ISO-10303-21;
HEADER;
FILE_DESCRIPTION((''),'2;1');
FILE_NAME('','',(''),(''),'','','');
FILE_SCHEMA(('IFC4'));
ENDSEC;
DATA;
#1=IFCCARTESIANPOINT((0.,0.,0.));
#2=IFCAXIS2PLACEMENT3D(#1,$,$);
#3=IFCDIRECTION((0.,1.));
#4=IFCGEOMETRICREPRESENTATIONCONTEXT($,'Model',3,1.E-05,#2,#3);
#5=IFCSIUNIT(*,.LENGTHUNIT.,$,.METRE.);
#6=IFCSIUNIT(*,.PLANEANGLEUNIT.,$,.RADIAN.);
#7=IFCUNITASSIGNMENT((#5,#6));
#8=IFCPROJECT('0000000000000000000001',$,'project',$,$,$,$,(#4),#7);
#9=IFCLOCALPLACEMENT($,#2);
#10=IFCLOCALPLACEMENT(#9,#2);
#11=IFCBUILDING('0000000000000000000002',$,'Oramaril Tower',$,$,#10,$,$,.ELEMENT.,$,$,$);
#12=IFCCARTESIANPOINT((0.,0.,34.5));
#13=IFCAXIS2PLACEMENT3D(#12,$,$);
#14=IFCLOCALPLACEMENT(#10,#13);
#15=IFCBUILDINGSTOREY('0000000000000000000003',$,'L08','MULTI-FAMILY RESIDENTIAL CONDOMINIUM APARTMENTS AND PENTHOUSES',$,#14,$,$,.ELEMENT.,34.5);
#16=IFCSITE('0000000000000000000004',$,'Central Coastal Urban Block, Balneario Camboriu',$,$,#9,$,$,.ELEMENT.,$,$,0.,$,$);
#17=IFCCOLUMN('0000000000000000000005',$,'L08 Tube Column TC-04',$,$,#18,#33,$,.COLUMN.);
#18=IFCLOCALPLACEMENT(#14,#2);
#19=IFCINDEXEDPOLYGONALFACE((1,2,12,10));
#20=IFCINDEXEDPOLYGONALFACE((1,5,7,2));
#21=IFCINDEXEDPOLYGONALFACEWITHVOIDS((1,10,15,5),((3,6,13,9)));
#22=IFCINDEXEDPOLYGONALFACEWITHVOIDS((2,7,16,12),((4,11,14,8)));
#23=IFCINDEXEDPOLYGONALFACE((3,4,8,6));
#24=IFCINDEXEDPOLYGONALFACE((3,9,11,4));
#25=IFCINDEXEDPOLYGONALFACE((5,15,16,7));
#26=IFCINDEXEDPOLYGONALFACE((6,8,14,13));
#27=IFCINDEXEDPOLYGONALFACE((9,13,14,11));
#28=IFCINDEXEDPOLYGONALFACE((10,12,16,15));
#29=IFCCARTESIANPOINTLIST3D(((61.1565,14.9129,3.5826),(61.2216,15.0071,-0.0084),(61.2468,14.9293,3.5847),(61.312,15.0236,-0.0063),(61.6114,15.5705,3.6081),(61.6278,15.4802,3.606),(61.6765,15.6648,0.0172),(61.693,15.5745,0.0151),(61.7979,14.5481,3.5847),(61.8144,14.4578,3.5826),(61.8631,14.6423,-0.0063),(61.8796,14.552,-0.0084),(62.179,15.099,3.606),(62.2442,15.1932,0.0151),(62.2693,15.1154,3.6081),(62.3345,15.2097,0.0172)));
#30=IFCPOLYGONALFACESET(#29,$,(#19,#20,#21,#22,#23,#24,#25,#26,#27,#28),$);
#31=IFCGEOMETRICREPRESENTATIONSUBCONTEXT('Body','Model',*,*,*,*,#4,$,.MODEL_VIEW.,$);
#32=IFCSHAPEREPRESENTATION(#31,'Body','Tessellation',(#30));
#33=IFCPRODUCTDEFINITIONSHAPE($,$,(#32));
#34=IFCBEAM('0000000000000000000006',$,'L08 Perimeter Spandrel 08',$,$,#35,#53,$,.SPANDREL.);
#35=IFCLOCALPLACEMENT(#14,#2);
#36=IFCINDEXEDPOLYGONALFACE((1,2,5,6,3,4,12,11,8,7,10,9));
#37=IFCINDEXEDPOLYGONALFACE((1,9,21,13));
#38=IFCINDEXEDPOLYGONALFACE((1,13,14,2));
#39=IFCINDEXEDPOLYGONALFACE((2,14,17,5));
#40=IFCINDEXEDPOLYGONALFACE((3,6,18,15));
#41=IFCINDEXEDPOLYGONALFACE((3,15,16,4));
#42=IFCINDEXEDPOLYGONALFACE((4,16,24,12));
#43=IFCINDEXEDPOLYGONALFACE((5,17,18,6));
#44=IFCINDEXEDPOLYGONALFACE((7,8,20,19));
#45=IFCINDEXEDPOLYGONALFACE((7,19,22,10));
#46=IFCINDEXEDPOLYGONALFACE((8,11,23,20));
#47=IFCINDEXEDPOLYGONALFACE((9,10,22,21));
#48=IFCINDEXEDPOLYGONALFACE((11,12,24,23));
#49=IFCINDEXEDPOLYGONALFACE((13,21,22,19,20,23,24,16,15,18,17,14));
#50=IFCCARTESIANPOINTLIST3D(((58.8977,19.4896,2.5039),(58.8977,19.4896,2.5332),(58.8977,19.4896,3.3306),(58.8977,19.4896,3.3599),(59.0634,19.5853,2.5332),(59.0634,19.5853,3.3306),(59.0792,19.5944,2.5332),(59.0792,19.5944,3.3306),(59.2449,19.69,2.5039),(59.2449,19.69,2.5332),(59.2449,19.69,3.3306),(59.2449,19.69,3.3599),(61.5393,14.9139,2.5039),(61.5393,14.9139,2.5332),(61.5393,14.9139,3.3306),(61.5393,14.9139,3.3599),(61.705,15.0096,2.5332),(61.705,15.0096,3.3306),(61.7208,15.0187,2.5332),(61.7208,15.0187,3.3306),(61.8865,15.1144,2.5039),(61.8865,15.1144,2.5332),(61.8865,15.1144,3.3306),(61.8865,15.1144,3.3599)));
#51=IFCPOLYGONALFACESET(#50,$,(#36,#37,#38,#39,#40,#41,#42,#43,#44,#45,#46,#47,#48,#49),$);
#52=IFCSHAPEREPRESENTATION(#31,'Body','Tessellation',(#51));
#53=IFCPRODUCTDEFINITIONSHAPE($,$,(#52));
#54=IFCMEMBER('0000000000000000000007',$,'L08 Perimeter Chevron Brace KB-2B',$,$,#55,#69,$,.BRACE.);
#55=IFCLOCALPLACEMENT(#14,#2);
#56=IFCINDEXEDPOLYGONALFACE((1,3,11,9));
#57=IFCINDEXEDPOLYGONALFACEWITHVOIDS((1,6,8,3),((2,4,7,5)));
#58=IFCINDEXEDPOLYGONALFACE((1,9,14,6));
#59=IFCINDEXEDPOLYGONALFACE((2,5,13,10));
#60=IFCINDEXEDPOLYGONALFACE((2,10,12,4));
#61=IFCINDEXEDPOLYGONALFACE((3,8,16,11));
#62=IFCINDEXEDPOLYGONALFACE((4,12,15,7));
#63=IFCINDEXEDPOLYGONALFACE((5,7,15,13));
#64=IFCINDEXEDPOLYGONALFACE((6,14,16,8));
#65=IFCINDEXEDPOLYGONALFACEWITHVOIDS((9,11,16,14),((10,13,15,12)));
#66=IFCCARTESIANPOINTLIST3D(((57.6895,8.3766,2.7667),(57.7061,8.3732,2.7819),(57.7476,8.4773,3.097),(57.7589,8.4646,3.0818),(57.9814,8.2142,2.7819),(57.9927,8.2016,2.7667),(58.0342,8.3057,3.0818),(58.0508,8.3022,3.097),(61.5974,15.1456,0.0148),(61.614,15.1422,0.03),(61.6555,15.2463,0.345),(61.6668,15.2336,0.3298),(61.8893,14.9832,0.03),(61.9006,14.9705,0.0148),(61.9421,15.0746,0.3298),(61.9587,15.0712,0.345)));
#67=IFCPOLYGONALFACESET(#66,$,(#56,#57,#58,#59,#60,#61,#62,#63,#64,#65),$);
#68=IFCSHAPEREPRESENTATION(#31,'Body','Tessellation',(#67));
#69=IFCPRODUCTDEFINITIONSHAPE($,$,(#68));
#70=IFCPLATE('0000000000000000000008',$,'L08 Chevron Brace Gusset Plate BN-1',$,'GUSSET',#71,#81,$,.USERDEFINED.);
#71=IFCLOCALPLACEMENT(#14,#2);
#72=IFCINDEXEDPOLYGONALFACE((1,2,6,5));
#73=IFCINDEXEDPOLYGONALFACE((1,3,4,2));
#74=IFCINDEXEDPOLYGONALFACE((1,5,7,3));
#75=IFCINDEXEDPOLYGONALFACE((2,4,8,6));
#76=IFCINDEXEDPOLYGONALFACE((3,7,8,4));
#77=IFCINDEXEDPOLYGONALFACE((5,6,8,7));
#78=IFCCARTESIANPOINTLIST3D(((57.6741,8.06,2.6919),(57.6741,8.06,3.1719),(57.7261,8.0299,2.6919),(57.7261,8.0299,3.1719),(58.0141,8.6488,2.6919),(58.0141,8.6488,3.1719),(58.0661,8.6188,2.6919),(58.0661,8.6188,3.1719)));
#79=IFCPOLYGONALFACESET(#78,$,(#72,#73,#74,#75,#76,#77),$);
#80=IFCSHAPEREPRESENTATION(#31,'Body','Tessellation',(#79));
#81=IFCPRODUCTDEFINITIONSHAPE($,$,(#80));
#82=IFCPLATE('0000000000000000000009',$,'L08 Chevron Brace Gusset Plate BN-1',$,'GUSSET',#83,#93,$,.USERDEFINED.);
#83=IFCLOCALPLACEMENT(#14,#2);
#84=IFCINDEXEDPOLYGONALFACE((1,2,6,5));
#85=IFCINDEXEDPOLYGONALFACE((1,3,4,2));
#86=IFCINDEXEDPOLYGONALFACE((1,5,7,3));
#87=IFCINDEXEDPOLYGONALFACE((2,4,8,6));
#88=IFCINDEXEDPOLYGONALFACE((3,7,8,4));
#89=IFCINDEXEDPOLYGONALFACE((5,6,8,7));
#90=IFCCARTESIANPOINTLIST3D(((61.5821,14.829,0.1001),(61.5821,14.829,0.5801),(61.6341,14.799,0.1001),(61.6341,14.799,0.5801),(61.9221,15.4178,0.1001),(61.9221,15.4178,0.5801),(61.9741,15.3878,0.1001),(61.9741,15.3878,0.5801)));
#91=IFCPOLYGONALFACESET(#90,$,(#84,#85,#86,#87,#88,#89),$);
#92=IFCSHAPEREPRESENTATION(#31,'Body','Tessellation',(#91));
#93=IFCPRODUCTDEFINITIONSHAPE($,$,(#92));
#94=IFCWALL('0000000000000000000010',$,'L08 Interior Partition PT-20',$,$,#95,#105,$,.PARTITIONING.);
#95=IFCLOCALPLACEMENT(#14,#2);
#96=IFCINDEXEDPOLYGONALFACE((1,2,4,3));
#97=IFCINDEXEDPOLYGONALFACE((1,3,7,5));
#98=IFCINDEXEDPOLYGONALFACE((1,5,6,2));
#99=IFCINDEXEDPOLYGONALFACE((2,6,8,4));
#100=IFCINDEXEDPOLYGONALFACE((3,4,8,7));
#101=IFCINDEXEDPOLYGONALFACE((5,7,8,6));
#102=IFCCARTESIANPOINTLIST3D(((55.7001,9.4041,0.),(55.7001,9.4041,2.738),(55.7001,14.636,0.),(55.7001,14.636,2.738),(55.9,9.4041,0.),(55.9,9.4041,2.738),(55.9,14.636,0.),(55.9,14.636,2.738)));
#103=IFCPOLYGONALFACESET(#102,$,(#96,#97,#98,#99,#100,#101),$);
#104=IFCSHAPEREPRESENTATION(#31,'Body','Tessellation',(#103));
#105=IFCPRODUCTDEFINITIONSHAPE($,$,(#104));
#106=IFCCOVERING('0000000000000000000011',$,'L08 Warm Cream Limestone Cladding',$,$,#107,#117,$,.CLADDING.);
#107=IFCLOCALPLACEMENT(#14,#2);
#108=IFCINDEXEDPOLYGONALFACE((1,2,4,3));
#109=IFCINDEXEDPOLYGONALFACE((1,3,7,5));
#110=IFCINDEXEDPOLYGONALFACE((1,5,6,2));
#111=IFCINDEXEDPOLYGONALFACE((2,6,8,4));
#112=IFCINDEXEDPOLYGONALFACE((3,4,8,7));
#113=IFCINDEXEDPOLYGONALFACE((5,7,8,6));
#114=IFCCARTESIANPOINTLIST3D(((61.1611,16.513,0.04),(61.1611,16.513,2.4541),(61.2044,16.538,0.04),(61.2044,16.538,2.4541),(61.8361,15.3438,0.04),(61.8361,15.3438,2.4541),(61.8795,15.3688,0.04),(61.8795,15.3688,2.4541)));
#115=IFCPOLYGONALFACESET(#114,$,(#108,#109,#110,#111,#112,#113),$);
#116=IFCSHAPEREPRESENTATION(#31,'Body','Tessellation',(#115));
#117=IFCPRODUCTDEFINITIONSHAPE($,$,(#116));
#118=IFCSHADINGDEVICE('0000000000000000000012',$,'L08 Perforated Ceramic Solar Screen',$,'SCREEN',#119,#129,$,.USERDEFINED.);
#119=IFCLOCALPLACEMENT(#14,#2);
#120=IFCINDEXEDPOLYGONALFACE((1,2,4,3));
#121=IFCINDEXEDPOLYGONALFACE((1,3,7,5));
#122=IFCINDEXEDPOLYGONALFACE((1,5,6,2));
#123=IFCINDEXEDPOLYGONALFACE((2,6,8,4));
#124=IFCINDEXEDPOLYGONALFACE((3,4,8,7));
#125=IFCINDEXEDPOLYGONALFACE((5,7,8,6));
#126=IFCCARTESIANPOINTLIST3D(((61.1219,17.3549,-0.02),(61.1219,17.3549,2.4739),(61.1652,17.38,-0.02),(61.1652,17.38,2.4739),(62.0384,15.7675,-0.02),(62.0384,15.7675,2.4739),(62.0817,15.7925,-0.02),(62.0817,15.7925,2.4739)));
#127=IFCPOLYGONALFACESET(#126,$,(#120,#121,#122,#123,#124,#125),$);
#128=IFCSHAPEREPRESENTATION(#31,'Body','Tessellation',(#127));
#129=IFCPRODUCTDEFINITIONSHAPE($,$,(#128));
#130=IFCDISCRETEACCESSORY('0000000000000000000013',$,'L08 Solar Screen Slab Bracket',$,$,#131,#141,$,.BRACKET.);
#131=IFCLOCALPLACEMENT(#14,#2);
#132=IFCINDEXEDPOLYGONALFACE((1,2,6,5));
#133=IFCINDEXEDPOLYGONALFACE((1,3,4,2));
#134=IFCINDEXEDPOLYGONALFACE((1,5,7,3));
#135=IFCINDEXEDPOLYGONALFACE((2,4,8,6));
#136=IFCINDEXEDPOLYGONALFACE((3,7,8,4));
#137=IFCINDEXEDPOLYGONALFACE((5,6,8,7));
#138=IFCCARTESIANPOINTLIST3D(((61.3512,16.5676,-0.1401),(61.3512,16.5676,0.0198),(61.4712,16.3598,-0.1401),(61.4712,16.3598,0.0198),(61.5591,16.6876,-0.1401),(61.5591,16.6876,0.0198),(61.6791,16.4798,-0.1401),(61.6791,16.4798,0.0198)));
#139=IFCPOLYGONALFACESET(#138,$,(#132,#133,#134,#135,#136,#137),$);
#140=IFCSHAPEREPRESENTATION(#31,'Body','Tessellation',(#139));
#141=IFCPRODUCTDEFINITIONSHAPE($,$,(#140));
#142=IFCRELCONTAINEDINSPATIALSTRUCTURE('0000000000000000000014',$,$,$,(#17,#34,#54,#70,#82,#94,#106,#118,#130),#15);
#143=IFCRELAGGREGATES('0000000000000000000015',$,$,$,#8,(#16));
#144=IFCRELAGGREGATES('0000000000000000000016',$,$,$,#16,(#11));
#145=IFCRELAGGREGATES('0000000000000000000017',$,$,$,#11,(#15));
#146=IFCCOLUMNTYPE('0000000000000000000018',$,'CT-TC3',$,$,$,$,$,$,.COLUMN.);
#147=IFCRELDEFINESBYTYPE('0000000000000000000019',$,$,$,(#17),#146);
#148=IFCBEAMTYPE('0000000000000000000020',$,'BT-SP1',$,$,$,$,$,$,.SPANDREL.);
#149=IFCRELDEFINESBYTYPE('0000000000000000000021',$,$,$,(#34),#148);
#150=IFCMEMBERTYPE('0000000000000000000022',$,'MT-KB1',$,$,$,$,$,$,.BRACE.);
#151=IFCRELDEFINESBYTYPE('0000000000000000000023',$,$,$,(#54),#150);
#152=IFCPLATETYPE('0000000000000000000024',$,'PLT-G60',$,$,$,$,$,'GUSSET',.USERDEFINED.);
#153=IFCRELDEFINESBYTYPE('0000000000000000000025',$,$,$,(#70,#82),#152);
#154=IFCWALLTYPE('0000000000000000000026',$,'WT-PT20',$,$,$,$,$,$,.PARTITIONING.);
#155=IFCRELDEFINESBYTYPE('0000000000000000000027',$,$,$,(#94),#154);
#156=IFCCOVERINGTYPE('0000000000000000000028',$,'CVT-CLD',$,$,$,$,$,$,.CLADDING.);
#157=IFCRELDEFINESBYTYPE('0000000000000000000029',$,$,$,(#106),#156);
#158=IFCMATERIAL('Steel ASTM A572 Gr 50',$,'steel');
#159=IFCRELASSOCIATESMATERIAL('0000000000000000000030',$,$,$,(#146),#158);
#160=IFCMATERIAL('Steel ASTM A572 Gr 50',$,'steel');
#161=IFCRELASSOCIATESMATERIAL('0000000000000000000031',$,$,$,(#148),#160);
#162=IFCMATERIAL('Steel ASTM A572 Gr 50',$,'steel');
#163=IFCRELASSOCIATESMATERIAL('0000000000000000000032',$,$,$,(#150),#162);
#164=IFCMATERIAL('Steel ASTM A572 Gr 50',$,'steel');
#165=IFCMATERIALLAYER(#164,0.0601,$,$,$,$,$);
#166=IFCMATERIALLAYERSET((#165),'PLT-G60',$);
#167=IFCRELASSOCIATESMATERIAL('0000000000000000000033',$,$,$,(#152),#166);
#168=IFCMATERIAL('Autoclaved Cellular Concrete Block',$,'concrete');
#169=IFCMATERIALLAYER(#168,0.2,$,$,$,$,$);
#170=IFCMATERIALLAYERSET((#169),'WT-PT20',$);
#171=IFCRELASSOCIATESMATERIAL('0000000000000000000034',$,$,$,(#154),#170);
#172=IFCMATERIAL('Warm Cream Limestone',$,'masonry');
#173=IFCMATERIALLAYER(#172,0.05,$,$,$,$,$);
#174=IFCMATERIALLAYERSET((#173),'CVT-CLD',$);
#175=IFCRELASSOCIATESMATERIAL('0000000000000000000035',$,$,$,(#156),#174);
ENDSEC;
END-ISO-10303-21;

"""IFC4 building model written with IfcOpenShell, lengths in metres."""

from ifc_helpers import new_model, si_unit, direction, frame, frame_2d, origin, origin_2d, place, context, subcontext, project, spatial, rectangle, hollow_rectangle, i_section, extrude, material, layer, layer_set, material_profile, profile_set, type_object, element, save


model = new_model("IFC4")

# Units and contexts
model_context = context("Model", 3, precision=1e-05, world=origin(), true_north=direction((0.0, 1.0)))
body_context = subcontext(model_context, "Body", "Model", "MODEL_VIEW")
ifc_project = project(units=[si_unit("LENGTHUNIT", "METRE"), si_unit("PLANEANGLEUNIT", "RADIAN")], contexts=[model_context])

# Site, building, storey
site_placement = place(None, origin())
site = spatial("IfcSite", under=ifc_project, at=site_placement, Name="Central Coastal Urban Block, Balneario Camboriu", CompositionType="ELEMENT", RefElevation=0.0)
building_placement = place(site_placement, origin())
building = spatial("IfcBuilding", under=site, at=building_placement, Name="Oramaril Tower", CompositionType="ELEMENT")
storey_placement = place(building_placement, frame((0.0, 0.0, 34.5)))
storey = spatial("IfcBuildingStorey", under=building, at=storey_placement, Name="L08", Description="MULTI-FAMILY RESIDENTIAL CONDOMINIUM APARTMENTS AND PENTHOUSES", CompositionType="ELEMENT", Elevation=34.5)

# Column
ifc_material_1 = material(Name="Steel ASTM A572 Gr 50", Category="steel")
ifc_material_profile_1 = material_profile(ifc_material_1, hollow_rectangle(XDim=0.8, YDim=0.8, WallThickness=0.0649, at=origin_2d()), Name="BOX800X800X65")
ifc_profile_set_1 = profile_set([ifc_material_profile_1], Name="Steel ASTM A572 Gr 50")
column_type = type_object("IfcColumnType", Name="CT-TC3", PredefinedType="COLUMN", material=ifc_profile_set_1)
column_placement = place(storey_placement, frame((61.7781, 15.1084, 0.0044), z_axis=(-0.018143, -0.026229, 0.999491), x_axis=(0.822422, -0.568878, 0.0)))
element("IfcColumn", 1, at=column_placement, inside=storey, type_object=column_type, Name="L08 Tube Column TC-04", PredefinedType="COLUMN", context=body_context, shape_type="SweptSolid", body=[
    extrude(hollow_rectangle(XDim=0.8, YDim=0.8, WallThickness=0.0649, at=origin_2d()), origin(), (0.0, 0.0, 1.0), 3.5928),
])

# Beam
ifc_material_2 = material(Name="Steel ASTM A572 Gr 50", Category="steel")
ifc_material_profile_2 = material_profile(ifc_material_2, i_section(OverallWidth=0.4009, OverallDepth=0.856, WebThickness=0.0183, FlangeThickness=0.0293, at=origin_2d()), Name="W33X201")
ifc_profile_set_2 = profile_set([ifc_material_profile_2], Name="Steel ASTM A572 Gr 50")
beam_type = type_object("IfcBeamType", Name="BT-SP1", PredefinedType="SPANDREL", material=ifc_profile_set_2)
beam_placement = place(storey_placement, frame((61.7129, 15.0142, 2.9319), z_axis=(-0.499976, 0.866039, 0.0), x_axis=(-0.866039, -0.499976, 0.0)))
element("IfcBeam", 2, at=beam_placement, inside=storey, type_object=beam_type, Name="L08 Perimeter Spandrel 08", PredefinedType="SPANDREL", context=body_context, shape_type="SweptSolid", body=[
    extrude(i_section(OverallWidth=0.4009, OverallDepth=0.856, WebThickness=0.0183, FlangeThickness=0.0293, at=origin_2d()), origin(), (0.0, 0.0, 1.0), 5.2834),
])

# Member
ifc_material_3 = material(Name="Steel ASTM A572 Gr 50", Category="steel")
ifc_material_profile_3 = material_profile(ifc_material_3, hollow_rectangle(XDim=0.3501, YDim=0.3501, WallThickness=0.0161, at=origin_2d()), Name="HSS350X350X16")
ifc_profile_set_3 = profile_set([ifc_material_profile_3], Name="Steel ASTM A572 Gr 50")
member_type = type_object("IfcMemberType", Name="MT-KB1", PredefinedType="BRACE", material=ifc_profile_set_3)
member_placement = place(storey_placement, frame((61.7781, 15.1084, 0.1799), z_axis=(-0.471608, -0.81688, 0.332103), x_axis=(0.866034, -0.499986, 0.0)))
element("IfcMember", 3, at=member_placement, inside=storey, type_object=member_type, Name="L08 Perimeter Chevron Brace KB-2B", PredefinedType="BRACE", context=body_context, shape_type="SweptSolid", body=[
    extrude(hollow_rectangle(XDim=0.3501, YDim=0.3501, WallThickness=0.0161, at=origin_2d()), origin(), (0.0, 0.0, 1.0), 8.2864),
])

# Plates
ifc_material_4 = material(Name="Steel ASTM A572 Gr 50", Category="steel")
ifc_layer_1 = layer(ifc_material_4, 0.0601)
ifc_layer_set_1 = layer_set([ifc_layer_1], Name="PLT-G60")
plate_type = type_object("IfcPlateType", Name="PLT-G60", ElementType="GUSSET", PredefinedType="USERDEFINED", material=ifc_layer_set_1)
for number, where, z_axis, x_axis, name in (
    (4, (57.8701, 8.3394, 2.6919), (0.0, 0.0, 1.0), (0.499998, 0.866026, 0.0), "L08 Chevron Brace Gusset Plate BN-1"),
    (5, (61.7781, 15.1084, 0.1001), (0.0, 0.0, 1.0), (0.499998, 0.866026, 0.0), "L08 Chevron Brace Gusset Plate BN-1"),
):
    element("IfcPlate", number, at=place(storey_placement, frame(where, z_axis=z_axis, x_axis=x_axis)), inside=storey, type_object=plate_type, Name=name, ObjectType="GUSSET", PredefinedType="USERDEFINED", context=body_context, shape_type="SweptSolid", body=[
        extrude(rectangle(XDim=0.6799, YDim=0.0601, at=origin_2d()), origin(), (0.0, 0.0, 1.0), 0.48),
    ])

# Wall
ifc_material_5 = material(Name="Autoclaved Cellular Concrete Block", Category="concrete")
ifc_layer_2 = layer(ifc_material_5, 0.2)
ifc_layer_set_2 = layer_set([ifc_layer_2], Name="WT-PT20")
wall_type_1 = type_object("IfcWallType", Name="WT-PT20", PredefinedType="PARTITIONING", material=ifc_layer_set_2)
wall_1_placement = place(storey_placement, frame((55.8, 9.4041, 0.0), z_axis=(0.0, 0.0, 1.0), x_axis=(0.0, 1.0, 0.0)))
element("IfcWall", 6, at=wall_1_placement, inside=storey, type_object=wall_type_1, Name="L08 Interior Partition PT-20", PredefinedType="PARTITIONING", context=body_context, shape_type="SweptSolid", body=[
    extrude(rectangle(XDim=5.2319, YDim=0.2, at=frame_2d((2.616, 0.0))), origin(), (0.0, 0.0, 1.0), 2.738),
])

# Covering
ifc_material_6 = material(Name="Warm Cream Limestone", Category="masonry")
ifc_layer_3 = layer(ifc_material_6, 0.05)
ifc_layer_set_3 = layer_set([ifc_layer_3], Name="CVT-CLD")
covering_type = type_object("IfcCoveringType", Name="CVT-CLD", PredefinedType="CLADDING", material=ifc_layer_set_3)
covering_placement = place(storey_placement, frame((61.5203, 15.9409, 0.04), z_axis=(0.0, 0.0, 1.0), x_axis=(-0.5, 0.866025, 0.0)))
element("IfcCovering", 7, at=covering_placement, inside=storey, type_object=covering_type, Name="L08 Warm Cream Limestone Cladding", PredefinedType="CLADDING", context=body_context, shape_type="SweptSolid", body=[
    extrude(rectangle(XDim=1.3501, YDim=0.05, at=origin_2d()), origin(), (0.0, 0.0, 1.0), 2.4141),
])

# Shading device
shading_device_placement = place(storey_placement, frame((61.6018, 16.5737, -0.02), z_axis=(0.0, 0.0, 1.0), x_axis=(-0.5, 0.866025, 0.0)))
element("IfcShadingDevice", 8, at=shading_device_placement, inside=storey, Name="L08 Perforated Ceramic Solar Screen", ObjectType="SCREEN", PredefinedType="USERDEFINED", context=body_context, shape_type="SweptSolid", body=[
    extrude(rectangle(XDim=1.833, YDim=0.05, at=origin_2d()), origin(), (0.0, 0.0, 1.0), 2.4939),
])

# Discrete accessory
discrete_accessory_placement = place(storey_placement, frame((61.5151, 16.5237, -0.1401), z_axis=(0.0, 0.0, 1.0), x_axis=(-0.5, 0.866025, 0.0)))
element("IfcDiscreteAccessory", 9, at=discrete_accessory_placement, inside=storey, Name="L08 Solar Screen Slab Bracket", PredefinedType="BRACKET", context=body_context, shape_type="SweptSolid", body=[
    extrude(rectangle(XDim=0.24, YDim=0.24, at=origin_2d()), origin(), (0.0, 0.0, 1.0), 0.1599),
])

save(model, "model.ifc")
